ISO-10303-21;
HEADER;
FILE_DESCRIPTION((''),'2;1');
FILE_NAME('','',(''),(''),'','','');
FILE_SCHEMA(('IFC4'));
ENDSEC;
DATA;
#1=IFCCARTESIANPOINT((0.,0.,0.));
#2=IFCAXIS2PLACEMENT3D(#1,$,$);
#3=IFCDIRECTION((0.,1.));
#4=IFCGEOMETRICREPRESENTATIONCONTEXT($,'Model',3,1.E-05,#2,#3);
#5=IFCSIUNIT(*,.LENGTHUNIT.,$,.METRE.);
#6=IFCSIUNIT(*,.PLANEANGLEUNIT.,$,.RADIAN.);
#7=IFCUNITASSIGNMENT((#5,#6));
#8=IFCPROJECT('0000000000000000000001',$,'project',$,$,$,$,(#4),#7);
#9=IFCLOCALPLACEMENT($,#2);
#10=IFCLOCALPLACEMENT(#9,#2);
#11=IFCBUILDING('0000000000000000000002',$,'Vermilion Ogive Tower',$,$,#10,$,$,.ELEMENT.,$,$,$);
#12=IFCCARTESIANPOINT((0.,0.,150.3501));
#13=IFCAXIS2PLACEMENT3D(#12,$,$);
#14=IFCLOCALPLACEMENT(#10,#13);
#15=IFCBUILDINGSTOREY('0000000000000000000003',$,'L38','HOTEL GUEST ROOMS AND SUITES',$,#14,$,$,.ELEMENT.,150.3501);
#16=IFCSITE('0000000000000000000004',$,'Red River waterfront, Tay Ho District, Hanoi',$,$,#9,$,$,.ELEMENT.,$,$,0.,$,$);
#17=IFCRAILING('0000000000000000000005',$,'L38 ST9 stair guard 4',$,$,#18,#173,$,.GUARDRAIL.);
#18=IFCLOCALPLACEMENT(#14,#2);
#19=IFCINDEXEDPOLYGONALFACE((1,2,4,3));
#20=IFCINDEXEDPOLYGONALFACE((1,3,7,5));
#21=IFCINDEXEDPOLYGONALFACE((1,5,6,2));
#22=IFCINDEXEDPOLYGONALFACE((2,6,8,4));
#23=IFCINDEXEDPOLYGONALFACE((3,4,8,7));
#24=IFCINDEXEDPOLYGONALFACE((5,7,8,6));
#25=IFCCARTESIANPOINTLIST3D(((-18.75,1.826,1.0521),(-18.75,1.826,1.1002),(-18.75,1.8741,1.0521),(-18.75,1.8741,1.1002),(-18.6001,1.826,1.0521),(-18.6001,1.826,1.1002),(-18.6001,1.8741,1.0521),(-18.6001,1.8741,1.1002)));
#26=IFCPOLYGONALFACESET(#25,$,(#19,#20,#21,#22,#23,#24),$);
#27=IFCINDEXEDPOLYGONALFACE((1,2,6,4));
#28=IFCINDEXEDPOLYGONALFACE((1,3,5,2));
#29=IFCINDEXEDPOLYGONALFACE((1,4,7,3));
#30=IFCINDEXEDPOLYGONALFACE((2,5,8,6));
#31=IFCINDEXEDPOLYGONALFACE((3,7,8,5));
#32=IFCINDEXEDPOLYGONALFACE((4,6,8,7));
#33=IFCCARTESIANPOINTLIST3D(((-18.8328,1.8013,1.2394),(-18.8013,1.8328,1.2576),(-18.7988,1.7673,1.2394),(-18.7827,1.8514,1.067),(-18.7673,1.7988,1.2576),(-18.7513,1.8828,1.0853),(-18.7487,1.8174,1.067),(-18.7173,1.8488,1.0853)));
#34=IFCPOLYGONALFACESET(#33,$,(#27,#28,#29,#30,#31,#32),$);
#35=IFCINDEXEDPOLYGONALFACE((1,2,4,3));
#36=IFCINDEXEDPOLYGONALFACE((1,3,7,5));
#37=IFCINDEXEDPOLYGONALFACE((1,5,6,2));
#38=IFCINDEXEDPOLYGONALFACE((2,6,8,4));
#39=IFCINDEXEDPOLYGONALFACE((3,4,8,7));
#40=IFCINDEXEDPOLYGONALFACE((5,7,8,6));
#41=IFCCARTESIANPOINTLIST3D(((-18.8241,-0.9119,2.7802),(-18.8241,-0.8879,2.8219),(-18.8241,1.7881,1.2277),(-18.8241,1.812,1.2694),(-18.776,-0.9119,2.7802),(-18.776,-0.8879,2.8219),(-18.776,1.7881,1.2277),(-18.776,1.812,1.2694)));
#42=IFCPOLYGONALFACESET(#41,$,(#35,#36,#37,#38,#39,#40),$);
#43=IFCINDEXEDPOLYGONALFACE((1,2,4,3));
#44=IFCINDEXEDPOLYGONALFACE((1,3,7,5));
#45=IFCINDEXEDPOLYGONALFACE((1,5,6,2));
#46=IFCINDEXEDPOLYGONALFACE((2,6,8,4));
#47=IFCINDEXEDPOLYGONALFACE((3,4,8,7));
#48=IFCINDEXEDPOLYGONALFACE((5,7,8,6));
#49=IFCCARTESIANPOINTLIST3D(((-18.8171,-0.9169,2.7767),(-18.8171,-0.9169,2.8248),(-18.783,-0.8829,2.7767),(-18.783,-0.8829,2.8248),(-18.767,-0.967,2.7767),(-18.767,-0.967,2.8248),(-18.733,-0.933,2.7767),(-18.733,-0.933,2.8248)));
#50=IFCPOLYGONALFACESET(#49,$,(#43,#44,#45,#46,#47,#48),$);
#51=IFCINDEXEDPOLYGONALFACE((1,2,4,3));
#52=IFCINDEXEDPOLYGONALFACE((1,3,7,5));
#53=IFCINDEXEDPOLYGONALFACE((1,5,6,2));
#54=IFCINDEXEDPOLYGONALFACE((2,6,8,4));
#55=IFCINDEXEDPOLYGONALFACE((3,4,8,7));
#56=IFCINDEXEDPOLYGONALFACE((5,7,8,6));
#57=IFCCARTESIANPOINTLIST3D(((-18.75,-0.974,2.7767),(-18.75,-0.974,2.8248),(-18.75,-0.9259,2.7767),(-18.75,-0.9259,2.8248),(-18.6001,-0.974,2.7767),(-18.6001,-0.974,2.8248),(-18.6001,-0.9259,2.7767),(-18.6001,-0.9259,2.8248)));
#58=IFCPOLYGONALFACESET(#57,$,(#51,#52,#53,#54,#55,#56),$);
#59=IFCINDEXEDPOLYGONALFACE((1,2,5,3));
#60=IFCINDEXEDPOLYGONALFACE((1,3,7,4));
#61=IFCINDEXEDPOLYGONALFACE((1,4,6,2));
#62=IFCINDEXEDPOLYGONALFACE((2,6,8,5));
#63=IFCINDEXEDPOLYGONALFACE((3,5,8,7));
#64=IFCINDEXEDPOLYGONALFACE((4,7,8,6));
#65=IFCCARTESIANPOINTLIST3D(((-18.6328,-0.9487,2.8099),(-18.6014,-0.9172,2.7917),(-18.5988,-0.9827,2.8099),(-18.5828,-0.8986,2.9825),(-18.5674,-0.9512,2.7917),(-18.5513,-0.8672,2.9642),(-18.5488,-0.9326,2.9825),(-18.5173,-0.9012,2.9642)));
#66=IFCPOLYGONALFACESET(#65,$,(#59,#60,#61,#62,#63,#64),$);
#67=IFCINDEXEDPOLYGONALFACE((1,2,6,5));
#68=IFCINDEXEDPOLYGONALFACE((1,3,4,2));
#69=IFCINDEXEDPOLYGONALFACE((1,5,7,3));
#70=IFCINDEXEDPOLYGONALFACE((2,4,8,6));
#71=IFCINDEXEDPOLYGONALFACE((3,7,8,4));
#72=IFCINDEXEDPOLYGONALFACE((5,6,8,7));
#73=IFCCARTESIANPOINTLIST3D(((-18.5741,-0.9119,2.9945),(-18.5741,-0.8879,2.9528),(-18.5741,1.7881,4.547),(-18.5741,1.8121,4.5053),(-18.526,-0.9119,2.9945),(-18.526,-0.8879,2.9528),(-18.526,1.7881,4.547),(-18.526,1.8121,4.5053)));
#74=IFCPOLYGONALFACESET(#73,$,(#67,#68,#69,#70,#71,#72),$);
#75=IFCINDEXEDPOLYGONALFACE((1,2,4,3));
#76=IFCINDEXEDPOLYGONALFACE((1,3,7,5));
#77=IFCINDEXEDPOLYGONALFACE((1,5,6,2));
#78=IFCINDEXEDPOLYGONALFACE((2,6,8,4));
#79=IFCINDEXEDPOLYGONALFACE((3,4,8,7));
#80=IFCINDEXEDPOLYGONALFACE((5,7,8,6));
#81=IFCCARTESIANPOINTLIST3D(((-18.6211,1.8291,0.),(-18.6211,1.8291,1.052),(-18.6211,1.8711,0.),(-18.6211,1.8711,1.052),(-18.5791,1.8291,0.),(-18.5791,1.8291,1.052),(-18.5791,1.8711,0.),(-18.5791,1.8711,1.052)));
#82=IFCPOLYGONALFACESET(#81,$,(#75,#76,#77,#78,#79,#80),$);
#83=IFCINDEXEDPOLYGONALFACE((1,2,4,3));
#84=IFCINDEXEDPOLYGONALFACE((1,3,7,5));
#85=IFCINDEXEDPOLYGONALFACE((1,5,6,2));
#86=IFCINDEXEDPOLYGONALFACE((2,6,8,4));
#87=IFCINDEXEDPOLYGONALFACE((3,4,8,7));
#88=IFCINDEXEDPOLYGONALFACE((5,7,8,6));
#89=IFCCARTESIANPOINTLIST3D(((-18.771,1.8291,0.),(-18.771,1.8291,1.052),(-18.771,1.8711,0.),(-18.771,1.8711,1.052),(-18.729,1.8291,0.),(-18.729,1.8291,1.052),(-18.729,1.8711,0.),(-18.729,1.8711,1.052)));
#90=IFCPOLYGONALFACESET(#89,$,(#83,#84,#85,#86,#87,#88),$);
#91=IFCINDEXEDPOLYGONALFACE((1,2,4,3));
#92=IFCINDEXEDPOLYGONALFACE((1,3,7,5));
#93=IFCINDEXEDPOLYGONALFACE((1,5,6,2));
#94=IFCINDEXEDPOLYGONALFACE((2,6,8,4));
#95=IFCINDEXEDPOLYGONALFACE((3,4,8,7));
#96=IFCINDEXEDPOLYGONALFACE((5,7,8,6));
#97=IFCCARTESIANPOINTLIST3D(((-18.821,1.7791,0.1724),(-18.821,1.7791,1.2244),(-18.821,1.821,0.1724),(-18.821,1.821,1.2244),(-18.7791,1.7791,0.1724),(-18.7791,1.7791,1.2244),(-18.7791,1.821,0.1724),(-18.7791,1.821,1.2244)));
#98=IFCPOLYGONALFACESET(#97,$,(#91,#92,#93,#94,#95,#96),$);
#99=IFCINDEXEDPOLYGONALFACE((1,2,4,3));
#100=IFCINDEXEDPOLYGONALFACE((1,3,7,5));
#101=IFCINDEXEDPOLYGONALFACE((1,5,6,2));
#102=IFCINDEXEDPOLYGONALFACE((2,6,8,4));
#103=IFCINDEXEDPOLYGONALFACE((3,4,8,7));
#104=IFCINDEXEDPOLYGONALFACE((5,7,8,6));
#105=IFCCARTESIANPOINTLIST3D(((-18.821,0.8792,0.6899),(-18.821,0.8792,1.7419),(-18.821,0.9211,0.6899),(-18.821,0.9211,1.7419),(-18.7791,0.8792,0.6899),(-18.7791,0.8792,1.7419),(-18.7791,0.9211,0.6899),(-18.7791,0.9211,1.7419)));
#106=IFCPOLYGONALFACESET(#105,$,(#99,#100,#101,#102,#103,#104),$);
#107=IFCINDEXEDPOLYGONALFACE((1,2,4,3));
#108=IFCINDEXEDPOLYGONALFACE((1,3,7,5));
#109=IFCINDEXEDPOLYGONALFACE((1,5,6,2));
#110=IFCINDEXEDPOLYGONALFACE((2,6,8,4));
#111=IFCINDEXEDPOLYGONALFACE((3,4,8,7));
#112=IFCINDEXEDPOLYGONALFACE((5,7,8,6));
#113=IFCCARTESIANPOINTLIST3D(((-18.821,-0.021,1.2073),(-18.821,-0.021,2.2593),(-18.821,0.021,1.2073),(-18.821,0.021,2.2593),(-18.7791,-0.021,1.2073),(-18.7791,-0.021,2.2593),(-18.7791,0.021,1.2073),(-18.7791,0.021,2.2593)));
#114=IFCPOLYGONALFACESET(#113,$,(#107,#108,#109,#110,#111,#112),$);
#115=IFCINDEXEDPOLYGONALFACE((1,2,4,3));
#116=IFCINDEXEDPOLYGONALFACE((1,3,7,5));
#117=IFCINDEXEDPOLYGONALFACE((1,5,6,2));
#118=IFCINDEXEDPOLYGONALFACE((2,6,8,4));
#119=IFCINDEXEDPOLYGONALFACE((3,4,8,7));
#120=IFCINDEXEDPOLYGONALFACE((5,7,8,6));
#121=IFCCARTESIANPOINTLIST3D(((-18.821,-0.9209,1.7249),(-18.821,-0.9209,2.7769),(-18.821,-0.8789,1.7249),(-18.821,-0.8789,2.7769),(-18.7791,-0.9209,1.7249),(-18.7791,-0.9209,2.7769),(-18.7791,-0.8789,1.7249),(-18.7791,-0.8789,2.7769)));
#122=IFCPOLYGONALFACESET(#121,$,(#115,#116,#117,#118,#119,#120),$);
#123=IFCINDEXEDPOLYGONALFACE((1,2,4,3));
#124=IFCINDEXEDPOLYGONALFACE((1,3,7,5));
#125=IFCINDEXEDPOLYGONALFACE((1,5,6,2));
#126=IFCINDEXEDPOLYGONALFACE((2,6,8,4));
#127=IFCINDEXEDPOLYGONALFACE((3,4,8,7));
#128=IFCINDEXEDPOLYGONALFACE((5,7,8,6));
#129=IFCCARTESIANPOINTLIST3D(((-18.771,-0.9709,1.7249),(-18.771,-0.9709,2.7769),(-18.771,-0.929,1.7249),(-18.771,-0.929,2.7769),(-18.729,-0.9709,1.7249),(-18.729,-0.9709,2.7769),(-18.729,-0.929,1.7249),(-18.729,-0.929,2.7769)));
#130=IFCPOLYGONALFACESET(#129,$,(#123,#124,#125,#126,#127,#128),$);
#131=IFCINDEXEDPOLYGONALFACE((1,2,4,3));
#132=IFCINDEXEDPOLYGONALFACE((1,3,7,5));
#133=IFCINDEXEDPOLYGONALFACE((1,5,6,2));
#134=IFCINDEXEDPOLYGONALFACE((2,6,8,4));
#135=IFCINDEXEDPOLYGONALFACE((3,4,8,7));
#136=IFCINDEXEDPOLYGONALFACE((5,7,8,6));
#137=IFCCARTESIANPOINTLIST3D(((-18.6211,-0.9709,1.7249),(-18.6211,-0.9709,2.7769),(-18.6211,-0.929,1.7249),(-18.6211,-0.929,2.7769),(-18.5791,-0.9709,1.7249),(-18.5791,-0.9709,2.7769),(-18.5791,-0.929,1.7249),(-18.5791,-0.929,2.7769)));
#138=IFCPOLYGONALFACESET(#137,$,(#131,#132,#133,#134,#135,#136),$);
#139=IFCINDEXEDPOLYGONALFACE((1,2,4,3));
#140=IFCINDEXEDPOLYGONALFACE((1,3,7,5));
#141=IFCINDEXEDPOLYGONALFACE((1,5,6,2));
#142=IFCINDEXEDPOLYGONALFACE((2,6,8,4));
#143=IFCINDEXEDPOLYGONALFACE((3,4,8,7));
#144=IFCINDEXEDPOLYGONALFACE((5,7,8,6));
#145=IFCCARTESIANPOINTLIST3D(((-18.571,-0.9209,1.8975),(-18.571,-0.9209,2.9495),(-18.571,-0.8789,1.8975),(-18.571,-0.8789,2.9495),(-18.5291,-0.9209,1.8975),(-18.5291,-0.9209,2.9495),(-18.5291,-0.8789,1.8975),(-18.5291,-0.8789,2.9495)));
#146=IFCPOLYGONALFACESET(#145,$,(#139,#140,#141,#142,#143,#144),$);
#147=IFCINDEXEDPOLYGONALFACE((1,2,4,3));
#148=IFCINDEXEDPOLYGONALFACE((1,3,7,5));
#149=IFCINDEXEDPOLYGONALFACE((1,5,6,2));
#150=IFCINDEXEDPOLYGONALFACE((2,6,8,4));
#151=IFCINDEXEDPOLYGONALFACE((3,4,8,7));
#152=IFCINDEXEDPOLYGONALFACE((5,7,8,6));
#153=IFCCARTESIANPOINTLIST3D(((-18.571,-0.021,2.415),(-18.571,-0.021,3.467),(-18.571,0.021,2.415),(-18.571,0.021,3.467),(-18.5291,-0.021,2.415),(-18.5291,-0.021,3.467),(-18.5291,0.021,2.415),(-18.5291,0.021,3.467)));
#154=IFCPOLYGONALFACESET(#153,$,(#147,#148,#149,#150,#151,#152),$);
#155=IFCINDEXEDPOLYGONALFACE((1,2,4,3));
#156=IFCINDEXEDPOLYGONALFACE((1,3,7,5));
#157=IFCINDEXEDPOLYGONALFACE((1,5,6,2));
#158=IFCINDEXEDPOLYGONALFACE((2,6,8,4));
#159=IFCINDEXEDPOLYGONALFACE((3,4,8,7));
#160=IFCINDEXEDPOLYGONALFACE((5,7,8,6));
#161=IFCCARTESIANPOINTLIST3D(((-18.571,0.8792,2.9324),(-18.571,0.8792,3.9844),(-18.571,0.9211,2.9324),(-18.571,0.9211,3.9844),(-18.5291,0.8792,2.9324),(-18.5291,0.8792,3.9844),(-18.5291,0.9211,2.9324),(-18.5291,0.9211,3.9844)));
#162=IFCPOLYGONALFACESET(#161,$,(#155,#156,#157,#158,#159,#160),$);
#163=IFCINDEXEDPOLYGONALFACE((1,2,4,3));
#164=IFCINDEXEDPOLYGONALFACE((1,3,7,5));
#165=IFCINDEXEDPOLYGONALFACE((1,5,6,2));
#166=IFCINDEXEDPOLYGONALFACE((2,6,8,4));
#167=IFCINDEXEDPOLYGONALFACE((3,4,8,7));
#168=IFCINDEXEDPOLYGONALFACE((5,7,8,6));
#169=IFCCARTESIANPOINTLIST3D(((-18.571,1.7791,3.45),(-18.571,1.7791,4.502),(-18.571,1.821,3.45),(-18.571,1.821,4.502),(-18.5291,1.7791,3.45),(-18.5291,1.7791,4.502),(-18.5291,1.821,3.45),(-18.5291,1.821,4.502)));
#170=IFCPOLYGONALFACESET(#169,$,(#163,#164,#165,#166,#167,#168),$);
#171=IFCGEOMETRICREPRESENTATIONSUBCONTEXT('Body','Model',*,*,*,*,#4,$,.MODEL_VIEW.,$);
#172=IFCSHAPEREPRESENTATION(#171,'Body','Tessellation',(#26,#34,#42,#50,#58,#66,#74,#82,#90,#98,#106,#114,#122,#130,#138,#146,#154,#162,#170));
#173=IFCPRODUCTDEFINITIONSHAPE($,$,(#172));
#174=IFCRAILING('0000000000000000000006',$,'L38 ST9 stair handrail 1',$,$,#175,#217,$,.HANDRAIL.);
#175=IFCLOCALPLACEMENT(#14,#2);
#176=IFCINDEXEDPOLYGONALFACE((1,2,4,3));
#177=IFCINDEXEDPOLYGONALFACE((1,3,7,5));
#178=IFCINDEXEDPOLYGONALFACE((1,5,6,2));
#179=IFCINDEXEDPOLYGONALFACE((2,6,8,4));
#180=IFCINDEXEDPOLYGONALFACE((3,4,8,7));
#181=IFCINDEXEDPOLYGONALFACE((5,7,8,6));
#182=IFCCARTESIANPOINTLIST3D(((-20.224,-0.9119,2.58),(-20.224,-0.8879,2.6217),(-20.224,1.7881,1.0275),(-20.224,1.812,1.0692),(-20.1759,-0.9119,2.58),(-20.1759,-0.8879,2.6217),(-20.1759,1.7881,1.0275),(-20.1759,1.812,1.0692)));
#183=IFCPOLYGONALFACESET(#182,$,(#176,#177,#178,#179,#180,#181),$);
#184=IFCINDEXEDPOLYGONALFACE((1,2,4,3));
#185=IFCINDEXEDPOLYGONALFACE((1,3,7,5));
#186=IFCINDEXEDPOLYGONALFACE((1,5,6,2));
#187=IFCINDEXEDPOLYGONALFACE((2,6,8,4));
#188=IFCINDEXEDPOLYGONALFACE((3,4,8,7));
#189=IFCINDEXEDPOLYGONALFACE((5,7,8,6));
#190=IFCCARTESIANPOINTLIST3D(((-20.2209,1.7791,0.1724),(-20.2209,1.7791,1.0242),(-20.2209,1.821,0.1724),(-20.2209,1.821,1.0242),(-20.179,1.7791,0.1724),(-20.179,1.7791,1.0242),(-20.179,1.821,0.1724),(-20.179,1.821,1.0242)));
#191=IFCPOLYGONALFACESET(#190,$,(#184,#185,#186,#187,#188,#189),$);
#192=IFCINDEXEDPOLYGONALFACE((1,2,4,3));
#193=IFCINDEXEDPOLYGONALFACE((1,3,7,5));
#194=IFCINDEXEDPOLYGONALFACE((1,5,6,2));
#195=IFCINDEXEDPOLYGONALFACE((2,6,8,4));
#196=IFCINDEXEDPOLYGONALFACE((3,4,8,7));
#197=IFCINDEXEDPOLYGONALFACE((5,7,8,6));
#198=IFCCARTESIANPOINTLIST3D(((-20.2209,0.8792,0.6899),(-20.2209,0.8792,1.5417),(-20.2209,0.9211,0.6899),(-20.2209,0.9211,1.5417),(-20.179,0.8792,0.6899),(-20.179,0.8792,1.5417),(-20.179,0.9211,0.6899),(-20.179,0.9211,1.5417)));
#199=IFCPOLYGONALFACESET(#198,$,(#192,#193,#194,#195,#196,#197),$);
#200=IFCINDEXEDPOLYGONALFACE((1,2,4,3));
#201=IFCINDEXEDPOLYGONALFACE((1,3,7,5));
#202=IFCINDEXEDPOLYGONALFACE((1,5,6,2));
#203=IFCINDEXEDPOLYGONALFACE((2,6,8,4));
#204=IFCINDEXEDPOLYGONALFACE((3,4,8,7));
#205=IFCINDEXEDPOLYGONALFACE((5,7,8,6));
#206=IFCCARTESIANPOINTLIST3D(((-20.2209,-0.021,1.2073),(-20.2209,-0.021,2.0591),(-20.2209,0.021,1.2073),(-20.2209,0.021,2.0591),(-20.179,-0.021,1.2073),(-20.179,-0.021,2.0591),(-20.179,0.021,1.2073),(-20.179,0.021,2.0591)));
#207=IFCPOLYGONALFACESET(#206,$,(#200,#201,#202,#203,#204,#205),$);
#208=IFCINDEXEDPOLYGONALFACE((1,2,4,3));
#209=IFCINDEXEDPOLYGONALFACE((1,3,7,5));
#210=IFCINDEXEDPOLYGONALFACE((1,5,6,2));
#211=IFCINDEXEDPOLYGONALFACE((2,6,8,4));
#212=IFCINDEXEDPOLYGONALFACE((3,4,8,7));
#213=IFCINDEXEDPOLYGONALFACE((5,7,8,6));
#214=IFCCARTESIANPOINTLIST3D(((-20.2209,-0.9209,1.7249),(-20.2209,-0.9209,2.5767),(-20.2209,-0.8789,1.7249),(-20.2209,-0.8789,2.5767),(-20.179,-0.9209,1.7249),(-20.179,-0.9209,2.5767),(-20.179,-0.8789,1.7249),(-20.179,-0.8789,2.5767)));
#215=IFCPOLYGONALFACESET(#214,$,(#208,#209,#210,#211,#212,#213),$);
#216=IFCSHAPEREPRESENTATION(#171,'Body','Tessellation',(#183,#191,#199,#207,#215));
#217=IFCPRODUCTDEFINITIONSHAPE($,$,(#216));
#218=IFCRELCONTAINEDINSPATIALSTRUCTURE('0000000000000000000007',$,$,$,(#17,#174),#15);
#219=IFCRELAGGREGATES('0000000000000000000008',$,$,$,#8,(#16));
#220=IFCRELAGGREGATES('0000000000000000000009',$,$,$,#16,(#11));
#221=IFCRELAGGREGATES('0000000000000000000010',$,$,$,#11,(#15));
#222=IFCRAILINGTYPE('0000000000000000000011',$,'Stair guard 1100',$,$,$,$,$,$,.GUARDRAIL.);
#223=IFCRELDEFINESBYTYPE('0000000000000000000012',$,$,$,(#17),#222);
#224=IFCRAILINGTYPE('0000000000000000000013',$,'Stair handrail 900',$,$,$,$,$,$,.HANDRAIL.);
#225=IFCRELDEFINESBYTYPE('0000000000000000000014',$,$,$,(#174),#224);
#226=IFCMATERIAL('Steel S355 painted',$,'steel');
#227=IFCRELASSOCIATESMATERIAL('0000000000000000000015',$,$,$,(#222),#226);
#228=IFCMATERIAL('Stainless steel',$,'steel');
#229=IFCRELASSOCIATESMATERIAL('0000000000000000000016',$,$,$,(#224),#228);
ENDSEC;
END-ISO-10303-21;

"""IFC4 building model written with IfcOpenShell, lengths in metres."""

from ifc_helpers import new_model, si_unit, direction, frame, origin, origin_2d, place, context, subcontext, project, spatial, rectangle, extrude, material, type_object, element, save


model = new_model("IFC4")

# Units and contexts
model_context = context("Model", 3, precision=1e-05, world=origin(), true_north=direction((0.0, 1.0)))
body_context = subcontext(model_context, "Body", "Model", "MODEL_VIEW")
ifc_project = project(units=[si_unit("LENGTHUNIT", "METRE"), si_unit("PLANEANGLEUNIT", "RADIAN")], contexts=[model_context])

# Site, building, storey
site_placement = place(None, origin())
site = spatial("IfcSite", under=ifc_project, at=site_placement, Name="Red River waterfront, Tay Ho District, Hanoi", CompositionType="ELEMENT", RefElevation=0.0)
building_placement = place(site_placement, origin())
building = spatial("IfcBuilding", under=site, at=building_placement, Name="Vermilion Ogive Tower", CompositionType="ELEMENT")
storey_placement = place(building_placement, frame((0.0, 0.0, 150.3501)))
storey = spatial("IfcBuildingStorey", under=building, at=storey_placement, Name="L38", Description="HOTEL GUEST ROOMS AND SUITES", CompositionType="ELEMENT", Elevation=150.3501)

# Railings
ifc_material_1 = material(Name="Steel S355 painted", Category="steel")
railing_type_1 = type_object("IfcRailingType", Name="Stair guard 1100", PredefinedType="GUARDRAIL", material=ifc_material_1)
railing_1_placement = place(storey_placement, frame((-18.6001, 1.8501, 0.0)))
element("IfcRailing", 1, at=railing_1_placement, inside=storey, type_object=railing_type_1, Name="L38 ST9 stair guard 4", PredefinedType="GUARDRAIL", context=body_context, shape_type="SweptSolid", body=[
    extrude(rectangle(XDim=0.0481, YDim=0.0481, at=origin_2d()), frame((0.0, 0.0, 1.0762), z_axis=(-1.0, 0.0, 0.0), x_axis=(0.0, -1.0, 0.0)), (0.0, 0.0, 1.0), 0.1499),
    extrude(rectangle(XDim=0.0481, YDim=0.0481, at=origin_2d()), frame((-0.1499, 0.0, 1.0762), z_axis=(-0.268603, -0.268603, 0.925043), x_axis=(0.707107, -0.707107, 0.0)), (0.0, 0.0, 1.0), 0.1863),
    extrude(rectangle(XDim=0.0481, YDim=0.0481, at=origin_2d()), frame((-0.2, -0.05, 1.2485), z_axis=(0.0, -0.866904, 0.498476), x_axis=(1.0, 0.0, 0.0)), (0.0, 0.0, 1.0), 3.1145),
    extrude(rectangle(XDim=0.0481, YDim=0.0481, at=origin_2d()), frame((-0.2, -2.75, 2.8008), z_axis=(0.707107, -0.707107, 0.0), x_axis=(0.707107, 0.707107, 0.0)), (0.0, 0.0, 1.0), 0.0708),
    extrude(rectangle(XDim=0.0481, YDim=0.0481, at=origin_2d()), frame((-0.1499, -2.8, 2.8008), z_axis=(1.0, 0.0, 0.0), x_axis=(0.0, 1.0, 0.0)), (0.0, 0.0, 1.0), 0.1499),
    extrude(rectangle(XDim=0.0481, YDim=0.0481, at=origin_2d()), frame((0.0, -2.8, 2.8008), z_axis=(0.268278, 0.268278, 0.925232), x_axis=(-0.707107, 0.707107, 0.0)), (0.0, 0.0, 1.0), 0.1865),
    extrude(rectangle(XDim=0.0481, YDim=0.0481, at=origin_2d()), frame((0.05, -2.75, 2.9736), z_axis=(0.0, 0.866904, 0.498476), x_axis=(-1.0, 0.0, 0.0)), (0.0, 0.0, 1.0), 3.1145),
    extrude(rectangle(XDim=0.042, YDim=0.042, at=origin_2d()), origin(), (0.0, 0.0, 1.0), 1.052),
    extrude(rectangle(XDim=0.042, YDim=0.042, at=origin_2d()), frame((-0.1499, 0.0, 0.0)), (0.0, 0.0, 1.0), 1.052),
    extrude(rectangle(XDim=0.042, YDim=0.042, at=origin_2d()), frame((-0.2, -0.05, 0.1724)), (0.0, 0.0, 1.0), 1.052),
    extrude(rectangle(XDim=0.042, YDim=0.042, at=origin_2d()), frame((-0.2, -0.95, 0.6899)), (0.0, 0.0, 1.0), 1.052),
    extrude(rectangle(XDim=0.042, YDim=0.042, at=origin_2d()), frame((-0.2, -1.8501, 1.2073)), (0.0, 0.0, 1.0), 1.052),
    extrude(rectangle(XDim=0.042, YDim=0.042, at=origin_2d()), frame((-0.2, -2.75, 1.7249)), (0.0, 0.0, 1.0), 1.052),
    extrude(rectangle(XDim=0.042, YDim=0.042, at=origin_2d()), frame((-0.1499, -2.8, 1.7249)), (0.0, 0.0, 1.0), 1.052),
    extrude(rectangle(XDim=0.042, YDim=0.042, at=origin_2d()), frame((0.0, -2.8, 1.7249)), (0.0, 0.0, 1.0), 1.052),
    extrude(rectangle(XDim=0.042, YDim=0.042, at=origin_2d()), frame((0.05, -2.75, 1.8975)), (0.0, 0.0, 1.0), 1.052),
    extrude(rectangle(XDim=0.042, YDim=0.042, at=origin_2d()), frame((0.05, -1.8501, 2.415)), (0.0, 0.0, 1.0), 1.052),
    extrude(rectangle(XDim=0.042, YDim=0.042, at=origin_2d()), frame((0.05, -0.95, 2.9324)), (0.0, 0.0, 1.0), 1.052),
    extrude(rectangle(XDim=0.042, YDim=0.042, at=origin_2d()), frame((0.05, -0.05, 3.45)), (0.0, 0.0, 1.0), 1.052),
])
ifc_material_2 = material(Name="Stainless steel", Category="steel")
railing_type_2 = type_object("IfcRailingType", Name="Stair handrail 900", PredefinedType="HANDRAIL", material=ifc_material_2)
railing_2_placement = place(storey_placement, frame((-20.2, 1.8, 0.1724)))
element("IfcRailing", 2, at=railing_2_placement, inside=storey, type_object=railing_type_2, Name="L38 ST9 stair handrail 1", PredefinedType="HANDRAIL", context=body_context, shape_type="SweptSolid", body=[
    extrude(rectangle(XDim=0.0481, YDim=0.0481, at=origin_2d()), frame((0.0, 0.0, 0.876), z_axis=(0.0, -0.866904, 0.498476), x_axis=(1.0, 0.0, 0.0)), (0.0, 0.0, 1.0), 3.1145),
    extrude(rectangle(XDim=0.042, YDim=0.042, at=origin_2d()), origin(), (0.0, 0.0, 1.0), 0.8518),
    extrude(rectangle(XDim=0.042, YDim=0.042, at=origin_2d()), frame((0.0, -0.8999, 0.5176)), (0.0, 0.0, 1.0), 0.8518),
    extrude(rectangle(XDim=0.042, YDim=0.042, at=origin_2d()), frame((0.0, -1.8, 1.0349)), (0.0, 0.0, 1.0), 0.8518),
    extrude(rectangle(XDim=0.042, YDim=0.042, at=origin_2d()), frame((0.0, -2.7, 1.5525)), (0.0, 0.0, 1.0), 0.8518),
])

save(model, "model.ifc")
